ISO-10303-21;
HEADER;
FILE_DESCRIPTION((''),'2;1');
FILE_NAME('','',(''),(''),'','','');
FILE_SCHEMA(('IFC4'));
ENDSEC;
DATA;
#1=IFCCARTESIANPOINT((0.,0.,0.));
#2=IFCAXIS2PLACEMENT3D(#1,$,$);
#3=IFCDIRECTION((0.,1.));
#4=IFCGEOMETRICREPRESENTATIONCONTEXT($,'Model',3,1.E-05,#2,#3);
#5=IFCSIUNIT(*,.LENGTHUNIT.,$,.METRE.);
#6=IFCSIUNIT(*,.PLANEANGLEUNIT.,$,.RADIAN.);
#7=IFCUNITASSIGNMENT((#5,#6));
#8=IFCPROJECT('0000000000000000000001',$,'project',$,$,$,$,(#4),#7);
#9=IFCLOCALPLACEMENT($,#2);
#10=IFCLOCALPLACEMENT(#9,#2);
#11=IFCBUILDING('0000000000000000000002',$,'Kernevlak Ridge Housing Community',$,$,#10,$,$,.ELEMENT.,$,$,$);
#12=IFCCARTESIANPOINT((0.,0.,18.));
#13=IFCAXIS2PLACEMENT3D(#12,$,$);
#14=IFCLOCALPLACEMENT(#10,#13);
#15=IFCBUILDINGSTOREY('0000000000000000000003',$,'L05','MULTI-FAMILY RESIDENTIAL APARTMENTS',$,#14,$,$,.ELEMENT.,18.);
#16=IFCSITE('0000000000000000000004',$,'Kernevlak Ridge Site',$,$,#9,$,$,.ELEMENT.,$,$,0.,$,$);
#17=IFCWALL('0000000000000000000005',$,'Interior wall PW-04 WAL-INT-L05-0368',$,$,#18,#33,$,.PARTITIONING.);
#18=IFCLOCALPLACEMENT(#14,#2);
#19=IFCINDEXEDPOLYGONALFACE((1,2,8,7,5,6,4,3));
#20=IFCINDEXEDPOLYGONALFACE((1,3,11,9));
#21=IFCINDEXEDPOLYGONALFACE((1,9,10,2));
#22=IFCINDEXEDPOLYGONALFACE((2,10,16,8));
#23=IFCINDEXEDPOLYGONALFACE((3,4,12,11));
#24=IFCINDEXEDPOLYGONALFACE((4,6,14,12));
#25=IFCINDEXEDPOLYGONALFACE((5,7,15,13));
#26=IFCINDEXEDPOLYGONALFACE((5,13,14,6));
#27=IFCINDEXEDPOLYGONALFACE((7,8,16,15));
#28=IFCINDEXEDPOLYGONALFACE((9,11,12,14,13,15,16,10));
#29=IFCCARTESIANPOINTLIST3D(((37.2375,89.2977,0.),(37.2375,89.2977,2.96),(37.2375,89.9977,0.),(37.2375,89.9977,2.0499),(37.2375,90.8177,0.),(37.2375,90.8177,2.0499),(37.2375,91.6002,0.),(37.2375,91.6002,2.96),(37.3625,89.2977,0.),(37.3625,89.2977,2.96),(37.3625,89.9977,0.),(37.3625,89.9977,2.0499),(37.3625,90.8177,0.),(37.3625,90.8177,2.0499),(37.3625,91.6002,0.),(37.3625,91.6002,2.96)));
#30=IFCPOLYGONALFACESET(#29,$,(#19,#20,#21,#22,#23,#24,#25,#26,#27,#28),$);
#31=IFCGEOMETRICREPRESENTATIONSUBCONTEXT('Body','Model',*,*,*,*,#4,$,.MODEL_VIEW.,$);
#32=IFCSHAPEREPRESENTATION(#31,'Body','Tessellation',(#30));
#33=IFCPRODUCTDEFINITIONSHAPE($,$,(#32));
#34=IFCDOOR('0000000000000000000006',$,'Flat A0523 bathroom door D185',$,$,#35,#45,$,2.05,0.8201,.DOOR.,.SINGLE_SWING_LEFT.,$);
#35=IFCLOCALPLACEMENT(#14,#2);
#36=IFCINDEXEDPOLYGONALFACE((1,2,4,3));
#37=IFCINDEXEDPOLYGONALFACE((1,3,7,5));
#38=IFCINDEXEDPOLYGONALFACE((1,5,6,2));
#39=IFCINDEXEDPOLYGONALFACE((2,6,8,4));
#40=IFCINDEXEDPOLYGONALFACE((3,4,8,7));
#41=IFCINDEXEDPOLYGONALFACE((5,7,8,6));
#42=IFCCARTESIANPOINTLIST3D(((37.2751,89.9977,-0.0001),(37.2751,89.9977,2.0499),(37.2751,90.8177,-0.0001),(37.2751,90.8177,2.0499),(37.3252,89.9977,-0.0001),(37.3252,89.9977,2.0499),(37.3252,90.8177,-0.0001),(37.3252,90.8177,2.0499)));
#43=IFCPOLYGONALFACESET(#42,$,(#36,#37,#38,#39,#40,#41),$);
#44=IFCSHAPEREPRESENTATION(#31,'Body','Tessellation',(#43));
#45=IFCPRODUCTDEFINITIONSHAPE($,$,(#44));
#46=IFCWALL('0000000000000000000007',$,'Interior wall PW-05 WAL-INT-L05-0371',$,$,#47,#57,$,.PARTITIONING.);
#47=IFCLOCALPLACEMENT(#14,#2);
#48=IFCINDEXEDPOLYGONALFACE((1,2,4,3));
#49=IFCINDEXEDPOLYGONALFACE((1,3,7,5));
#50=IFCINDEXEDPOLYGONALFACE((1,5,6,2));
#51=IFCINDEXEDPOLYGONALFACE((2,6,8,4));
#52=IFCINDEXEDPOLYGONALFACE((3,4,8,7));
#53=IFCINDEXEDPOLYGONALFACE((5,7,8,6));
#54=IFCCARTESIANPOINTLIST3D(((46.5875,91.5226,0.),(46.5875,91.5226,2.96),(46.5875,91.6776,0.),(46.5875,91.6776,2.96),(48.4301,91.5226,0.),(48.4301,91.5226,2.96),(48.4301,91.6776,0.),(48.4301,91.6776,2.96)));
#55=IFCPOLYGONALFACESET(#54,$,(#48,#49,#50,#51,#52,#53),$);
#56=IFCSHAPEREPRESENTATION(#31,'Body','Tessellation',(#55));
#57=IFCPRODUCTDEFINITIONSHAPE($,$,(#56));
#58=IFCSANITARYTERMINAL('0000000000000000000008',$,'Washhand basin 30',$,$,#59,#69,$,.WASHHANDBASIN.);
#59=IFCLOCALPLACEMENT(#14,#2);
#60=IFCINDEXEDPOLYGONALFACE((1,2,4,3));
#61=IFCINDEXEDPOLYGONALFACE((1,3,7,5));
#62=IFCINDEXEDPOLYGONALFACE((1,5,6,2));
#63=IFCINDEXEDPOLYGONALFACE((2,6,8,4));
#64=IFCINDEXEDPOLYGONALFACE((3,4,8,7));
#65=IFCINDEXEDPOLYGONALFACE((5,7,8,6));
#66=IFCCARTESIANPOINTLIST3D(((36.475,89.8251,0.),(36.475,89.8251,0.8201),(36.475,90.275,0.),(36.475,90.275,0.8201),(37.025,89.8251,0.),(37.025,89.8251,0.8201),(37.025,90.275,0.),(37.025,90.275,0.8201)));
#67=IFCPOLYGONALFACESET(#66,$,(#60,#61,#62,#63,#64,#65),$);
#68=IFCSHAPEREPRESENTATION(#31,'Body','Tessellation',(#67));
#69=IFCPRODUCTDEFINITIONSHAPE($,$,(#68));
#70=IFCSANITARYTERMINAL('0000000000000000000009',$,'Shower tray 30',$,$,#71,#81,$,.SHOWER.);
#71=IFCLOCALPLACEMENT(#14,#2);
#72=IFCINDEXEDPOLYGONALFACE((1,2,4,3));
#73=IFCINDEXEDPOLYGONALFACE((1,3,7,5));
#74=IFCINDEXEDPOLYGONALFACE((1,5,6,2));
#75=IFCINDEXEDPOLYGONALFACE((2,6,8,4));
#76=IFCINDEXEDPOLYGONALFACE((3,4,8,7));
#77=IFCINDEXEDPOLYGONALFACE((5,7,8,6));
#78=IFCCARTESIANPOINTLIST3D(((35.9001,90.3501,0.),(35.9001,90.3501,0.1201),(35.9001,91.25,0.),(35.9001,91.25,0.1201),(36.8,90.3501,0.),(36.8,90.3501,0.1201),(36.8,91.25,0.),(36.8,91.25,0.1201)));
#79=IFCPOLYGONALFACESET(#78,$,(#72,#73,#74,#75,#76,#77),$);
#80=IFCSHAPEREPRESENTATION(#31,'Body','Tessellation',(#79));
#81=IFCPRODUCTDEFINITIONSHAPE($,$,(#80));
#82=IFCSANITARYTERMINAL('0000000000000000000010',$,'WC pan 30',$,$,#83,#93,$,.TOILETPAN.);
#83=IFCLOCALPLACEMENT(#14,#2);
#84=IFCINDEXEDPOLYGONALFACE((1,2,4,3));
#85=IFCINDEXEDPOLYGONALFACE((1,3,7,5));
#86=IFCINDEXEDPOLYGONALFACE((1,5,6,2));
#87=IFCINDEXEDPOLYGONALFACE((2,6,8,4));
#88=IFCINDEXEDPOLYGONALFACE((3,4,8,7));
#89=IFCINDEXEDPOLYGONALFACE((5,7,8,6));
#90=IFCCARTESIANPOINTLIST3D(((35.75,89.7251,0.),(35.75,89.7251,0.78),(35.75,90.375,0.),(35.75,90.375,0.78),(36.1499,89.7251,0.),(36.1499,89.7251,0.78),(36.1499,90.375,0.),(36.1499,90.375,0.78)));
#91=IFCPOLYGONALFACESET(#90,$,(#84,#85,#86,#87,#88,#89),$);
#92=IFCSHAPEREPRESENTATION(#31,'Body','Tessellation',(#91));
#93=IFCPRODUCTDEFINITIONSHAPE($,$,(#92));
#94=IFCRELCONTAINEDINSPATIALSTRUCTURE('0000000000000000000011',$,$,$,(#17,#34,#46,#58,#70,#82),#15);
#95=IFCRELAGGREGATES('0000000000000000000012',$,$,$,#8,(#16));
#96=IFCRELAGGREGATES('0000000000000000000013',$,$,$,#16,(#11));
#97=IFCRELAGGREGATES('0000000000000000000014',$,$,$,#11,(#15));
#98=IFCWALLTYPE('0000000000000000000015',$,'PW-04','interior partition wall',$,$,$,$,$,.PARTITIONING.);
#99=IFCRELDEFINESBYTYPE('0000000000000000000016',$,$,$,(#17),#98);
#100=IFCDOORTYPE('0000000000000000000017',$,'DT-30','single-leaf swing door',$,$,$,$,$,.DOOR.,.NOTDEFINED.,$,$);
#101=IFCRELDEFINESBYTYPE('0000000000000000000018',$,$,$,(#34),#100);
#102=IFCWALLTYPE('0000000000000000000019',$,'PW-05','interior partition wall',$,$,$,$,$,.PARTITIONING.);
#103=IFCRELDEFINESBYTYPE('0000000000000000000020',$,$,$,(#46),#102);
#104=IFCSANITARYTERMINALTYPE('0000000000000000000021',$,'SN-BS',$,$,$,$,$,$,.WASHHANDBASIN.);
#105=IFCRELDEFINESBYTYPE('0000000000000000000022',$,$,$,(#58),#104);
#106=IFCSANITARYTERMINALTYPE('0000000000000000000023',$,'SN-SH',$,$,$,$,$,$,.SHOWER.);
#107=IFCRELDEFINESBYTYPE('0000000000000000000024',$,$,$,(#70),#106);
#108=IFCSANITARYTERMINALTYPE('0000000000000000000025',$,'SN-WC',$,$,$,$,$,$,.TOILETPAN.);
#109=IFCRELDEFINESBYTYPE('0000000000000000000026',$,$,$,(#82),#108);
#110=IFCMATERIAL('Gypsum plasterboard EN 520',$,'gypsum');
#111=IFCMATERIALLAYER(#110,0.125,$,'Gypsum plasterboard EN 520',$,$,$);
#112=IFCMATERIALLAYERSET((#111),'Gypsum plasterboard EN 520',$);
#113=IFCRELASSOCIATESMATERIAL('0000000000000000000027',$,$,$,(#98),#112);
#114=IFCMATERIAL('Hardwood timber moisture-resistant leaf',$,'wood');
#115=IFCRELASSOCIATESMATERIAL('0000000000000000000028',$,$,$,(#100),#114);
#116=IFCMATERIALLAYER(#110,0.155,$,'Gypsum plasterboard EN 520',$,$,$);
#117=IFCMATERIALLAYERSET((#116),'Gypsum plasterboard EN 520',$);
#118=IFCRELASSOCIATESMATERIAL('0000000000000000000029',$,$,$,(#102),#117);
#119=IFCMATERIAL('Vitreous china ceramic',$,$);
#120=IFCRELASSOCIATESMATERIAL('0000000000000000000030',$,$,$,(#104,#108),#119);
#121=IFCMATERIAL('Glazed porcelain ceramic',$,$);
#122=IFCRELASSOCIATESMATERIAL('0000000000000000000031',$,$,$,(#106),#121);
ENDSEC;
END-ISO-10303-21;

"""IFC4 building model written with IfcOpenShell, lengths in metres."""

from ifc_helpers import new_model, si_unit, direction, frame, frame_2d, origin, origin_2d, place, context, subcontext, project, spatial, rectangle, extrude, material, layer, layer_set, type_object, element, fill, save


model = new_model("IFC4")

# Units and contexts
model_context = context("Model", 3, precision=1e-05, world=origin(), true_north=direction((0.0, 1.0)))
body_context = subcontext(model_context, "Body", "Model", "MODEL_VIEW")
ifc_project = project(units=[si_unit("LENGTHUNIT", "METRE"), si_unit("PLANEANGLEUNIT", "RADIAN")], contexts=[model_context])

# Site, building, storey
site_placement = place(None, origin())
site = spatial("IfcSite", under=ifc_project, at=site_placement, Name="Kernevlak Ridge Site", CompositionType="ELEMENT", RefElevation=0.0)
building_placement = place(site_placement, origin())
building = spatial("IfcBuilding", under=site, at=building_placement, Name="Kernevlak Ridge Housing Community", CompositionType="ELEMENT")
storey_placement = place(building_placement, frame((0.0, 0.0, 18.0)))
storey = spatial("IfcBuildingStorey", under=building, at=storey_placement, Name="L05", Description="MULTI-FAMILY RESIDENTIAL APARTMENTS", CompositionType="ELEMENT", Elevation=18.0)

# Wall, opening, door
ifc_material_1 = material(Name="Gypsum plasterboard EN 520", Category="gypsum")
ifc_layer_1 = layer(ifc_material_1, 0.125, Name="Gypsum plasterboard EN 520")
ifc_layer_set_1 = layer_set([ifc_layer_1], Name="Gypsum plasterboard EN 520")
wall_type_1 = type_object("IfcWallType", Name="PW-04", Description="interior partition wall", PredefinedType="PARTITIONING", material=ifc_layer_set_1)
wall_1_placement = place(storey_placement, frame((37.3, 89.2976, 0.0), z_axis=(0.0, 0.0, 1.0), x_axis=(0.0, 1.0, 0.0)))
wall_1 = element("IfcWall", 1, at=wall_1_placement, inside=storey, type_object=wall_type_1, Name="Interior wall PW-04 WAL-INT-L05-0368", PredefinedType="PARTITIONING", context=body_context, shape_type="SweptSolid", body=[
    extrude(rectangle(XDim=2.3025, YDim=0.125, at=frame_2d((1.1514, 0.0))), origin(), (0.0, 0.0, 1.0), 2.96),
])
opening_1_placement = place(wall_1_placement, frame((0.7, 0.0, 0.0)))
opening_1 = element("IfcOpeningElement", 2, at=opening_1_placement, cuts=wall_1, PredefinedType="OPENING", context=body_context, shape_type="SweptSolid", body=[
    extrude(rectangle(XDim=0.8201, YDim=2.05, at=frame_2d((0.4102, 1.0249))), frame((0.0, 0.0725, 0.0), z_axis=(0.0, -1.0, 0.0), x_axis=(1.0, 0.0, 0.0)), (0.0, 0.0, 1.0), 0.145),
])
ifc_material_2 = material(Name="Hardwood timber moisture-resistant leaf", Category="wood")
door_type_1 = type_object("IfcDoorType", Name="DT-30", Description="single-leaf swing door", OperationType="NOTDEFINED", PredefinedType="DOOR", material=ifc_material_2)
door_1_placement = place(opening_1_placement, origin())
door_1 = element("IfcDoor", 3, at=door_1_placement, inside=storey, type_object=door_type_1, Name="Flat A0523 bathroom door D185", OperationType="SINGLE_SWING_LEFT", OverallHeight=2.05, OverallWidth=0.8201, PredefinedType="DOOR", context=body_context, shape_type="SweptSolid", body=[
    extrude(rectangle(XDim=0.8201, YDim=2.05, at=frame_2d((0.4102, 1.0249))), frame((0.0, 0.0249, 0.0), z_axis=(0.0, -1.0, 0.0), x_axis=(1.0, 0.0, 0.0)), (0.0, 0.0, 1.0), 0.05),
])
fill(opening_1, door_1)
ifc_layer_2 = layer(ifc_material_1, 0.155, Name="Gypsum plasterboard EN 520")
ifc_layer_set_2 = layer_set([ifc_layer_2], Name="Gypsum plasterboard EN 520")
wall_type_2 = type_object("IfcWallType", Name="PW-05", Description="interior partition wall", PredefinedType="PARTITIONING", material=ifc_layer_set_2)

# Wall
wall_2_placement = place(storey_placement, frame((46.5874, 91.6001, 0.0), z_axis=(0.0, 0.0, 1.0), x_axis=(1.0, 0.0, 0.0)))
element("IfcWall", 4, at=wall_2_placement, inside=storey, type_object=wall_type_2, Name="Interior wall PW-05 WAL-INT-L05-0371", PredefinedType="PARTITIONING", context=body_context, shape_type="SweptSolid", body=[
    extrude(rectangle(XDim=1.8425, YDim=0.155, at=frame_2d((0.9214, 0.0))), origin(), (0.0, 0.0, 1.0), 2.96),
])

# Sanitary terminals
ifc_material_3 = material(Name="Vitreous china ceramic")
sanitary_terminal_type_1 = type_object("IfcSanitaryTerminalType", Name="SN-BS", PredefinedType="WASHHANDBASIN", material=ifc_material_3)
sanitary_terminal_1_placement = place(storey_placement, frame((36.75, 90.05, 0.0), z_axis=(0.0, 0.0, 1.0), x_axis=(1.0, 0.0, 0.0)))
element("IfcSanitaryTerminal", 5, at=sanitary_terminal_1_placement, inside=storey, type_object=sanitary_terminal_type_1, Name="Washhand basin 30", PredefinedType="WASHHANDBASIN", context=body_context, shape_type="SweptSolid", body=[
    extrude(rectangle(XDim=0.55, YDim=0.45, at=origin_2d()), origin(), (0.0, 0.0, 1.0), 0.8201),
])
ifc_material_4 = material(Name="Glazed porcelain ceramic")
sanitary_terminal_type_2 = type_object("IfcSanitaryTerminalType", Name="SN-SH", PredefinedType="SHOWER", material=ifc_material_4)
sanitary_terminal_2_placement = place(storey_placement, frame((36.3501, 90.8, 0.0), z_axis=(0.0, 0.0, 1.0), x_axis=(1.0, 0.0, 0.0)))
element("IfcSanitaryTerminal", 6, at=sanitary_terminal_2_placement, inside=storey, type_object=sanitary_terminal_type_2, Name="Shower tray 30", PredefinedType="SHOWER", context=body_context, shape_type="SweptSolid", body=[
    extrude(rectangle(XDim=0.8999, YDim=0.8999, at=origin_2d()), origin(), (0.0, 0.0, 1.0), 0.1201),
])
sanitary_terminal_type_3 = type_object("IfcSanitaryTerminalType", Name="SN-WC", PredefinedType="TOILETPAN", material=ifc_material_3)
sanitary_terminal_3_placement = place(storey_placement, frame((35.95, 90.05, 0.0), z_axis=(0.0, 0.0, 1.0), x_axis=(1.0, 0.0, 0.0)))
element("IfcSanitaryTerminal", 7, at=sanitary_terminal_3_placement, inside=storey, type_object=sanitary_terminal_type_3, Name="WC pan 30", PredefinedType="TOILETPAN", context=body_context, shape_type="SweptSolid", body=[
    extrude(rectangle(XDim=0.3999, YDim=0.6499, at=origin_2d()), origin(), (0.0, 0.0, 1.0), 0.78),
])

save(model, "model.ifc")
